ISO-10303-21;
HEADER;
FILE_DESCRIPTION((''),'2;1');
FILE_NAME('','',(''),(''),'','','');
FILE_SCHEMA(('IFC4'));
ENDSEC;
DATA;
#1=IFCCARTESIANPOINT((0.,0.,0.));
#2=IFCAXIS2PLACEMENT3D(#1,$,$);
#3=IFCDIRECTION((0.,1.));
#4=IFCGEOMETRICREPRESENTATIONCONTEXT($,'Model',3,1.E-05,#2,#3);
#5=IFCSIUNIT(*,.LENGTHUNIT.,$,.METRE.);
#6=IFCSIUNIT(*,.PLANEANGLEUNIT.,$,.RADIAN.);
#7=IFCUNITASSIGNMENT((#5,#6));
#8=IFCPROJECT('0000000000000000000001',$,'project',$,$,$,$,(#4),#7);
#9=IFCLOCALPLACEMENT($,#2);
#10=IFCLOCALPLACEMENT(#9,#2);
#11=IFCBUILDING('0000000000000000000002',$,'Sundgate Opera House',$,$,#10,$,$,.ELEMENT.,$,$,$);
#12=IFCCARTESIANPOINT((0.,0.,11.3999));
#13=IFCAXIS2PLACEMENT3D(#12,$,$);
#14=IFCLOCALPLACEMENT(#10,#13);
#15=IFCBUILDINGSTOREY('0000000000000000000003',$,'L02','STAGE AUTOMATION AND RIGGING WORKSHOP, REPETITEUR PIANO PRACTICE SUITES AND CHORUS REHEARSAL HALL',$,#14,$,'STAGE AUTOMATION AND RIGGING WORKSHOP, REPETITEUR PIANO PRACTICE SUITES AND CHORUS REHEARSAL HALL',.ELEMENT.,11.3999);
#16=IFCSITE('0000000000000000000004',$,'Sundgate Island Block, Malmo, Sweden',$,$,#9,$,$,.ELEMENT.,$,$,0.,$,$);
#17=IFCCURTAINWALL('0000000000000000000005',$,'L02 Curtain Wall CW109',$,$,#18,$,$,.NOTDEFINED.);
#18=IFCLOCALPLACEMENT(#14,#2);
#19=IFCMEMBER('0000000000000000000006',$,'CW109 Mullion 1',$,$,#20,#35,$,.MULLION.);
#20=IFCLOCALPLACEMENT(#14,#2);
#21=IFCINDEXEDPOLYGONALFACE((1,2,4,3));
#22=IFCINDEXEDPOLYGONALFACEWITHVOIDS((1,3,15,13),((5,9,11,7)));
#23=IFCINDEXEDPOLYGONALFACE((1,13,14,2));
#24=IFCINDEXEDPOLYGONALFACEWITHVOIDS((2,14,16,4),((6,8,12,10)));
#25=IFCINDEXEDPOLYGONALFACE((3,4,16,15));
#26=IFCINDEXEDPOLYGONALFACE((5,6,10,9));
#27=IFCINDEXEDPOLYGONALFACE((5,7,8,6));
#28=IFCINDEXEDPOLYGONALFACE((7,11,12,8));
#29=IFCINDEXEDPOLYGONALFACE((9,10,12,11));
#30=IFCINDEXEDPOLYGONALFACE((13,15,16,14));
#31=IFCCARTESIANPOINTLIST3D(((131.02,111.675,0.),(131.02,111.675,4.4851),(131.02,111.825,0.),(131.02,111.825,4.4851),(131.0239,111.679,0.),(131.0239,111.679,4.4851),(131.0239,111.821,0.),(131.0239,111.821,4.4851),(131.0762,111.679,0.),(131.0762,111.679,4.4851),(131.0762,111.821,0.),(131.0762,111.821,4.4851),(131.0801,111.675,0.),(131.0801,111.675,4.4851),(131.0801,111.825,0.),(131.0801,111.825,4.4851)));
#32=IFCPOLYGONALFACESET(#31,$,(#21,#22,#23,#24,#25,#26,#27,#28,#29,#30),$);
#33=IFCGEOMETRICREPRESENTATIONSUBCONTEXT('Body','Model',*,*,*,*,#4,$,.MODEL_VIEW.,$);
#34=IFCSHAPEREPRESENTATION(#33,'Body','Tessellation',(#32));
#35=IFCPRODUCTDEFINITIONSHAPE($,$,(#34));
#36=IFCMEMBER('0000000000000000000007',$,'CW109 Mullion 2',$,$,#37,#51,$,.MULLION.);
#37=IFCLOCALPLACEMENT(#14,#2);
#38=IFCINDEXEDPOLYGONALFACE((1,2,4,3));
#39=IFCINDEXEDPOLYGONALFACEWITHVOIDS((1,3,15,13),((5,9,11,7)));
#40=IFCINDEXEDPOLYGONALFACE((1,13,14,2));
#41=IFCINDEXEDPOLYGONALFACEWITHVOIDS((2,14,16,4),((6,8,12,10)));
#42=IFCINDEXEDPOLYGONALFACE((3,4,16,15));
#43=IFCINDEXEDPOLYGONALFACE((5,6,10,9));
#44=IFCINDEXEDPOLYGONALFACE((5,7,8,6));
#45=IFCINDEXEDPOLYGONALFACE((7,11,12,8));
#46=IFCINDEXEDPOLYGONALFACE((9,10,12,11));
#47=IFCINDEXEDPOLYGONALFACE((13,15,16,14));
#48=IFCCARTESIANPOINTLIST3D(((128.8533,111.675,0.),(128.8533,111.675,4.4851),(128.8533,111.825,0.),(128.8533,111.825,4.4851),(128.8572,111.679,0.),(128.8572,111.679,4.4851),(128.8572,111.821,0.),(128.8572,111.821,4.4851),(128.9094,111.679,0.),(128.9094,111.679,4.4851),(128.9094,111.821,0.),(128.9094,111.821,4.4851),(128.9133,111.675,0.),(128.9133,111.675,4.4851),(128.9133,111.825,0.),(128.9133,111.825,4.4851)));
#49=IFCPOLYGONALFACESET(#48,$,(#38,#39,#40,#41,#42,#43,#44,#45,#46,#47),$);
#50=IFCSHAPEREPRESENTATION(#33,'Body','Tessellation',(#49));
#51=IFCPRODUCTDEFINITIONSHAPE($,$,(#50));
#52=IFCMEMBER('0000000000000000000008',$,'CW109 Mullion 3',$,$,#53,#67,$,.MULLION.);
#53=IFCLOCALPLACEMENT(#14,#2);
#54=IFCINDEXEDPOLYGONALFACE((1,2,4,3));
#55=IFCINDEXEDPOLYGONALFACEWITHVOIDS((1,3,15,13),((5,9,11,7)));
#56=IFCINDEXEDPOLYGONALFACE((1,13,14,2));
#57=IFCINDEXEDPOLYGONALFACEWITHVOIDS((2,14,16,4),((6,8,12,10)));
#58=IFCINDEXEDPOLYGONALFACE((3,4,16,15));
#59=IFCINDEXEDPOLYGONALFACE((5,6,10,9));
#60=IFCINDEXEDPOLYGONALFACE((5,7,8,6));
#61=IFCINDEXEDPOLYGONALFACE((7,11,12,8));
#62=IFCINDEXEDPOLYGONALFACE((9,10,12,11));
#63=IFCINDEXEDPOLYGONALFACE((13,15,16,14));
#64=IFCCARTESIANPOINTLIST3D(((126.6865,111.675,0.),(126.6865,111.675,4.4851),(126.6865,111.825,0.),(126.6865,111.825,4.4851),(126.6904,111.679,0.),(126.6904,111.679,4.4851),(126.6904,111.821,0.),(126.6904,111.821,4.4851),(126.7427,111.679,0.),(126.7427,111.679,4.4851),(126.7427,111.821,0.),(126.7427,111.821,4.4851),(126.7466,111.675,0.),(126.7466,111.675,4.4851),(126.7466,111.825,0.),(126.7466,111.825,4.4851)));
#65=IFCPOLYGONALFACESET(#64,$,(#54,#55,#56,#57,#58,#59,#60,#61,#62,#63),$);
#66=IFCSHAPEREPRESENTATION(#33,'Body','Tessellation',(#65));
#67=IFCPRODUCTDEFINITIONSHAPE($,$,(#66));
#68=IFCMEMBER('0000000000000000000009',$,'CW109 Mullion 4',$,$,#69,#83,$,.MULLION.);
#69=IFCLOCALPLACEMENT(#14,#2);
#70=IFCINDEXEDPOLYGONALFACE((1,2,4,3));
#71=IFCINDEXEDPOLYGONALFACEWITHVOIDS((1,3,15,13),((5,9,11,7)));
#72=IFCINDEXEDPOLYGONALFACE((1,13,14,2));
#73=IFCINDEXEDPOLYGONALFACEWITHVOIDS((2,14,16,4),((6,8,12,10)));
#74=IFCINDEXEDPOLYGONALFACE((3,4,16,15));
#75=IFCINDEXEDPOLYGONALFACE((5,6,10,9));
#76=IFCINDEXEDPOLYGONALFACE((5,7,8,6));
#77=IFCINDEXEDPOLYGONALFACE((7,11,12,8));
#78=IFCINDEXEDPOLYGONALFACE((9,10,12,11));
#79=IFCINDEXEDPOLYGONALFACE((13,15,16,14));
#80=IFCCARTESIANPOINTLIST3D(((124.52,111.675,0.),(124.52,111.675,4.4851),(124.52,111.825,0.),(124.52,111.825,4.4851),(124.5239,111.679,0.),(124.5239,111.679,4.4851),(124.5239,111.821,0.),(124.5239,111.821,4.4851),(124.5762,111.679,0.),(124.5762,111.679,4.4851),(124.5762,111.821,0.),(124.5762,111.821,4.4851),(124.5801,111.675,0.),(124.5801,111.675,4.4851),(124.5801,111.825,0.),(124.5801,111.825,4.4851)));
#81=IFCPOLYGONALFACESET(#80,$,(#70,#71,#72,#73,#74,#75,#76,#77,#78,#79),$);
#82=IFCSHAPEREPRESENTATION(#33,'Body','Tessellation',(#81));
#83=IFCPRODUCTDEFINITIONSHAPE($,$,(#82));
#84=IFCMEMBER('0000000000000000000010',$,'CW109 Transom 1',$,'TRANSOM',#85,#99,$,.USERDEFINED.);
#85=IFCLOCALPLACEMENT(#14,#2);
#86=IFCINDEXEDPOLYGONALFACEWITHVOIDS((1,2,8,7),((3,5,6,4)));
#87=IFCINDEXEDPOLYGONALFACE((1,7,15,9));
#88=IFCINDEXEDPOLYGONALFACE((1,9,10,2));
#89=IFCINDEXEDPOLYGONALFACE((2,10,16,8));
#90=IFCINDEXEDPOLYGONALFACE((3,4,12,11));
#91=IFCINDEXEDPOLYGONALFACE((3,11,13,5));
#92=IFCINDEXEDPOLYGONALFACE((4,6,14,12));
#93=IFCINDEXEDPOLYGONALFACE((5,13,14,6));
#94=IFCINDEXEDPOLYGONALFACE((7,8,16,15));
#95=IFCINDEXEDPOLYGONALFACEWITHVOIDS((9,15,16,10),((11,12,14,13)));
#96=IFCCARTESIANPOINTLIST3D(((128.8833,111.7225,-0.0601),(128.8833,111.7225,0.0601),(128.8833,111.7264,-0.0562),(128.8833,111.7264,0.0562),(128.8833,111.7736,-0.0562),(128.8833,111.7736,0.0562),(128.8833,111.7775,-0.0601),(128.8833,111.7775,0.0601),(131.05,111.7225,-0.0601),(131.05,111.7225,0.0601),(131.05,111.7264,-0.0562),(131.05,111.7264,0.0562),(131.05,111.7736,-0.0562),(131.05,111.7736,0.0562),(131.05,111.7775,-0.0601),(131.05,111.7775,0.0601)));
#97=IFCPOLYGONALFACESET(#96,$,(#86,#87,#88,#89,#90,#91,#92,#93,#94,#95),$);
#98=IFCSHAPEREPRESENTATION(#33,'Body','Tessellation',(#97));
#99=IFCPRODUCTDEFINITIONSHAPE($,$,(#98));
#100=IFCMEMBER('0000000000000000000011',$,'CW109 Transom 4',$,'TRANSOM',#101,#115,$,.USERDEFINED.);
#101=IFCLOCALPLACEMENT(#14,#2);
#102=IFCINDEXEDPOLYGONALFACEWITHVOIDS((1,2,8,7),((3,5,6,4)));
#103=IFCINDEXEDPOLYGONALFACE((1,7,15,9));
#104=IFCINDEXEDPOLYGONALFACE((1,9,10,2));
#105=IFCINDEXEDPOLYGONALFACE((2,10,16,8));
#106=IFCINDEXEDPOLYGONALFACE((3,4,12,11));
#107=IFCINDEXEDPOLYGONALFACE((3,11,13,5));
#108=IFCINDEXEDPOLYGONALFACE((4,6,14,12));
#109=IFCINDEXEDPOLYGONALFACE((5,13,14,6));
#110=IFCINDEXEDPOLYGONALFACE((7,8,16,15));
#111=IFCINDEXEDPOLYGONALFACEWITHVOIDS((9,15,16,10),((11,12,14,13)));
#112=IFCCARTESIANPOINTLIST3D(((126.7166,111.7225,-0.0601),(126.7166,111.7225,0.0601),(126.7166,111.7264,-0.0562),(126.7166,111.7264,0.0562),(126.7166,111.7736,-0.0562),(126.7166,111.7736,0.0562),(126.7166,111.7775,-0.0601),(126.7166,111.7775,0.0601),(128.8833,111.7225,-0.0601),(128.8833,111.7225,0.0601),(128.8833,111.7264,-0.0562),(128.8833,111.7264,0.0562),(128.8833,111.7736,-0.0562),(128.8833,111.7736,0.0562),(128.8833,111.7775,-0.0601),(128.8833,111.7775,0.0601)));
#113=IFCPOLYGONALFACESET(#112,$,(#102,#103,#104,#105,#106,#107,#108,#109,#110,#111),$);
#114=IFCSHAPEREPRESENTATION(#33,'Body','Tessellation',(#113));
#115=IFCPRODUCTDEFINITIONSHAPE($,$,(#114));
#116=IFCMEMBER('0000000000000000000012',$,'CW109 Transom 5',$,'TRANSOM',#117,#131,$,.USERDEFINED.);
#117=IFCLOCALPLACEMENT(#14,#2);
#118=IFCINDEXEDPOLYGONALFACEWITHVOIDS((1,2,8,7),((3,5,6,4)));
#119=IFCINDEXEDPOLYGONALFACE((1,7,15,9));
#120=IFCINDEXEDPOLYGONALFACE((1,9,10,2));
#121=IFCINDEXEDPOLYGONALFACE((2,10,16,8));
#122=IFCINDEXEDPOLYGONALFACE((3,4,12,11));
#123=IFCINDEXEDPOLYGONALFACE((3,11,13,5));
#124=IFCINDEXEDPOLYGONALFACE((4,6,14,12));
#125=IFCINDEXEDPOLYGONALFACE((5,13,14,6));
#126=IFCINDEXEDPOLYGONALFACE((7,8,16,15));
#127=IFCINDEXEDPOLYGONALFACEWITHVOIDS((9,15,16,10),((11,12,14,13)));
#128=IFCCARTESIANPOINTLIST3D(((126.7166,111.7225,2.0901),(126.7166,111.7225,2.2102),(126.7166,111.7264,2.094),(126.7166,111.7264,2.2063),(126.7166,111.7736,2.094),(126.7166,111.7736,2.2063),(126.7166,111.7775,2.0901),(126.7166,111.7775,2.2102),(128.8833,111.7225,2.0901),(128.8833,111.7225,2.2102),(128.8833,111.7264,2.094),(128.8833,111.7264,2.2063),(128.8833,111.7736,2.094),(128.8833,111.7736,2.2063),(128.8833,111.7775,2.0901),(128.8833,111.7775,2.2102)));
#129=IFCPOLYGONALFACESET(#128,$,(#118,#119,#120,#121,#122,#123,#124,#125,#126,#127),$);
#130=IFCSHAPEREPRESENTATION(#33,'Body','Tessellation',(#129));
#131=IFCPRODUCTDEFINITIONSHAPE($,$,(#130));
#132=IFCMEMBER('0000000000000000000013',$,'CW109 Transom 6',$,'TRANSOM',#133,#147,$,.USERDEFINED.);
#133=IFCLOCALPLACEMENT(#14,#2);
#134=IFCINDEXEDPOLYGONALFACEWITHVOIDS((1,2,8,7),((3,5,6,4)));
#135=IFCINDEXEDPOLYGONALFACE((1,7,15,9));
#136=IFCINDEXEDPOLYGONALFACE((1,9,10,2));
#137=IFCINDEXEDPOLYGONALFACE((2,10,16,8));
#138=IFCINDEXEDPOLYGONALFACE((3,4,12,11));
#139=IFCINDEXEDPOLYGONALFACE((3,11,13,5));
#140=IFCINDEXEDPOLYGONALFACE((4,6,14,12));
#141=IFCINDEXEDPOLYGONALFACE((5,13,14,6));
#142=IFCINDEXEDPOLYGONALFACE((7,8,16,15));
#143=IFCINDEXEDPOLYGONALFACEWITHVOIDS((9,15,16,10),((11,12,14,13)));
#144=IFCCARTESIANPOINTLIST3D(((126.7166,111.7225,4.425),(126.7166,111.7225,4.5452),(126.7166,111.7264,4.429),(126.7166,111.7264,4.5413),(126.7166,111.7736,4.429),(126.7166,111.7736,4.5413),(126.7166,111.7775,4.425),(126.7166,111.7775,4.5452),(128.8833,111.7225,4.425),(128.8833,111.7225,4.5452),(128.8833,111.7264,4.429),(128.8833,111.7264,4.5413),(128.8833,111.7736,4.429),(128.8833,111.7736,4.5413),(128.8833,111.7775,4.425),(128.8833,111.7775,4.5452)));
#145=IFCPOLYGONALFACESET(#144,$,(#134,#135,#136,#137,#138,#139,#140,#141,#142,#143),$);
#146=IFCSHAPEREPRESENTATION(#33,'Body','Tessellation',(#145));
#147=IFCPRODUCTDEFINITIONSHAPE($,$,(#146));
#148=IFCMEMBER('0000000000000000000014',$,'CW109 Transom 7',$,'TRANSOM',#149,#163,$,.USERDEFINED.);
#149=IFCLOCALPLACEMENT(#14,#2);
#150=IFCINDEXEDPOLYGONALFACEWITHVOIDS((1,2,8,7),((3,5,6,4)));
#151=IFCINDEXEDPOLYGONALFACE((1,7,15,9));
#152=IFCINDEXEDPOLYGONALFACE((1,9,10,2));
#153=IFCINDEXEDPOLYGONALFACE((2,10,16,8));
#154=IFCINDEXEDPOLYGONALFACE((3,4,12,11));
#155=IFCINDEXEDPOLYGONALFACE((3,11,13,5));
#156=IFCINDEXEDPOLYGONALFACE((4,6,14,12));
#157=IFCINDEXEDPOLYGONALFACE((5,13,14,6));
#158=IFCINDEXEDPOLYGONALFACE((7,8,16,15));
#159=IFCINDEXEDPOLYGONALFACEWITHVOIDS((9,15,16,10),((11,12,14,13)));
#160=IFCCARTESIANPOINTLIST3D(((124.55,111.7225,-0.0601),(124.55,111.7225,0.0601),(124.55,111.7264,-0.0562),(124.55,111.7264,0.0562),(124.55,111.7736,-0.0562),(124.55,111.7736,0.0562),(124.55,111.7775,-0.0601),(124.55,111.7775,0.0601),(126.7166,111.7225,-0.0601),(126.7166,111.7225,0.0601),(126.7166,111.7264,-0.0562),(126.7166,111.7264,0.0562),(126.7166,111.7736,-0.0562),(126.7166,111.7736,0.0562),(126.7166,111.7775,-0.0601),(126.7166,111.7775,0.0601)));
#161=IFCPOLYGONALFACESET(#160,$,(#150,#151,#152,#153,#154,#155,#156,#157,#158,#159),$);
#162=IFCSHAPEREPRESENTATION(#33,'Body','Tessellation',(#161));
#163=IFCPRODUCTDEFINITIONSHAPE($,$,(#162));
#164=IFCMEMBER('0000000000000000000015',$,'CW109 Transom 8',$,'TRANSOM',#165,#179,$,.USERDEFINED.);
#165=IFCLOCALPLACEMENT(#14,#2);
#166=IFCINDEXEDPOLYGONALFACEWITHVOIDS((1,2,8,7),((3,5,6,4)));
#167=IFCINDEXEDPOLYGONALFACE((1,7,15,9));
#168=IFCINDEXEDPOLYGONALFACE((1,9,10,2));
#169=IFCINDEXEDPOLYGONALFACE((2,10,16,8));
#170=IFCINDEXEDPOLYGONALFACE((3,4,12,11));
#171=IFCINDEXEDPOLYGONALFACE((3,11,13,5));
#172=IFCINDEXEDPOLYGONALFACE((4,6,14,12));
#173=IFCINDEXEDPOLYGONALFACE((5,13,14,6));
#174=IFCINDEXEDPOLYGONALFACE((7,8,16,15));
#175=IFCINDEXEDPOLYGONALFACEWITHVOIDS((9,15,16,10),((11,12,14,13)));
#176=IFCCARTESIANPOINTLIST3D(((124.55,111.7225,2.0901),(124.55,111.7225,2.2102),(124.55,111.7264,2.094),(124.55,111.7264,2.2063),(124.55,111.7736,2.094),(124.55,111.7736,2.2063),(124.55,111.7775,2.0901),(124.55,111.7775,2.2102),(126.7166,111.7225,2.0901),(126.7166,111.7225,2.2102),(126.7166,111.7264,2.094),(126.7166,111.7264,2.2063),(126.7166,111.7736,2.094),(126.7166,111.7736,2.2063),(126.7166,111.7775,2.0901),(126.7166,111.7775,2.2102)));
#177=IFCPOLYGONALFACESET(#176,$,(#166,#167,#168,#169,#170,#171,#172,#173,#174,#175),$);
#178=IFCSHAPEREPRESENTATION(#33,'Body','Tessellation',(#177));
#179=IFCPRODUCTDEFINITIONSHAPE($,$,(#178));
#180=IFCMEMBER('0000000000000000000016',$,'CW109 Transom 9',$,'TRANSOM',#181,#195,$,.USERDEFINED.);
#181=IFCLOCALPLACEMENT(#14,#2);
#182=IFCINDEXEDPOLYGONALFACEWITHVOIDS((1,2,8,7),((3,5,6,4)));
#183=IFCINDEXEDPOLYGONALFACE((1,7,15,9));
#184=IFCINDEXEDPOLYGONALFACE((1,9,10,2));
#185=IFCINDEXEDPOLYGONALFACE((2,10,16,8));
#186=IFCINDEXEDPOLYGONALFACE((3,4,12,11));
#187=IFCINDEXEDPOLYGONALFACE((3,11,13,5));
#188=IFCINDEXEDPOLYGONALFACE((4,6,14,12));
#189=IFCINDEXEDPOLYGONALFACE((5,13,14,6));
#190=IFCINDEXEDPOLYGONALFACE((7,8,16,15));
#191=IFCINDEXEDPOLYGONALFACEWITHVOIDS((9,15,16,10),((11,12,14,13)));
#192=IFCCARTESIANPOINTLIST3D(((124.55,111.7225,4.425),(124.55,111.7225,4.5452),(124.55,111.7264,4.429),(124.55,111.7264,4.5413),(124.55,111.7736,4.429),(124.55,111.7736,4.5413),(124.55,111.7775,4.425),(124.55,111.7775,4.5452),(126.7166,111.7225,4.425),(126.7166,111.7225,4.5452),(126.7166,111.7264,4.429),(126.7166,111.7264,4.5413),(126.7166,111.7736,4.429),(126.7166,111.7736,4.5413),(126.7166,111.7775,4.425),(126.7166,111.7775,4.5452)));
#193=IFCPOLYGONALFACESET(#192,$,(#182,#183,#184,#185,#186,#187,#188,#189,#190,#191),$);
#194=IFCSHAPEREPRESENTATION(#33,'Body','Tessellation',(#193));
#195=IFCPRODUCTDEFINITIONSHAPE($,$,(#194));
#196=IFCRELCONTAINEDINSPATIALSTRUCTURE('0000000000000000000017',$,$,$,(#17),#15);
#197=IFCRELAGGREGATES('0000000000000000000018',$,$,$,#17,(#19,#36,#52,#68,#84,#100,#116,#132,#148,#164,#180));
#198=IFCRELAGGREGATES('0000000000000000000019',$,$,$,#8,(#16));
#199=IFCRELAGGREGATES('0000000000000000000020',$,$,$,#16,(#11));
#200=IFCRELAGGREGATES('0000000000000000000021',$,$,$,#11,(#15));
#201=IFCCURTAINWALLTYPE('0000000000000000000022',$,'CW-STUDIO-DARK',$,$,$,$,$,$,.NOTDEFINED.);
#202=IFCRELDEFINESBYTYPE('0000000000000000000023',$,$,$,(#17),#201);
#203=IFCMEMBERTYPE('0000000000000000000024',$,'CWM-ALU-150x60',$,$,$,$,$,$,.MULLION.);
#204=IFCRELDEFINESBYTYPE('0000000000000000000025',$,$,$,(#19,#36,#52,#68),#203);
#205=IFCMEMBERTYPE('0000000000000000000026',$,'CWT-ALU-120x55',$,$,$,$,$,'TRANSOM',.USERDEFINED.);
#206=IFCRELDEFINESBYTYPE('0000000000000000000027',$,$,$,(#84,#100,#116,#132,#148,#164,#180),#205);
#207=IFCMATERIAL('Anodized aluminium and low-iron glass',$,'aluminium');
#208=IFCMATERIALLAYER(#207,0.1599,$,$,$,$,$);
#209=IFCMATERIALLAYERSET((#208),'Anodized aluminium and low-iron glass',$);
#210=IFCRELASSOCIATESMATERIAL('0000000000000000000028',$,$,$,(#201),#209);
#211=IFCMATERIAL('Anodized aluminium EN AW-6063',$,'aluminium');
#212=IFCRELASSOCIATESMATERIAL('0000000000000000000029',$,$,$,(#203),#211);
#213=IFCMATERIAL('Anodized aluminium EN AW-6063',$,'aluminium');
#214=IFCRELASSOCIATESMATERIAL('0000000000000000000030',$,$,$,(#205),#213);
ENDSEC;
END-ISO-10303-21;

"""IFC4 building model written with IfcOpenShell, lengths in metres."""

from ifc_helpers import new_model, si_unit, direction, frame, origin, origin_2d, place, context, subcontext, project, spatial, hollow_rectangle, extrude, material, layer, layer_set, material_profile, profile_set, type_object, element, aggregate, save


model = new_model("IFC4")

# Units and contexts
model_context = context("Model", 3, precision=1e-05, world=origin(), true_north=direction((0.0, 1.0)))
body_context = subcontext(model_context, "Body", "Model", "MODEL_VIEW")
ifc_project = project(units=[si_unit("LENGTHUNIT", "METRE"), si_unit("PLANEANGLEUNIT", "RADIAN")], contexts=[model_context])

# Site, building, storey
site_placement = place(None, origin())
site = spatial("IfcSite", under=ifc_project, at=site_placement, Name="Sundgate Island Block, Malmo, Sweden", CompositionType="ELEMENT", RefElevation=0.0)
building_placement = place(site_placement, origin())
building = spatial("IfcBuilding", under=site, at=building_placement, Name="Sundgate Opera House", CompositionType="ELEMENT")
storey_placement = place(building_placement, frame((0.0, 0.0, 11.3999)))
storey = spatial("IfcBuildingStorey", under=building, at=storey_placement, Name="L02", Description="STAGE AUTOMATION AND RIGGING WORKSHOP, REPETITEUR PIANO PRACTICE SUITES AND CHORUS REHEARSAL HALL", LongName="STAGE AUTOMATION AND RIGGING WORKSHOP, REPETITEUR PIANO PRACTICE SUITES AND CHORUS REHEARSAL HALL", CompositionType="ELEMENT", Elevation=11.3999)

# Curtain wall, members
ifc_material_1 = material(Name="Anodized aluminium and low-iron glass", Category="aluminium")
ifc_layer_1 = layer(ifc_material_1, 0.1599)
ifc_layer_set_1 = layer_set([ifc_layer_1], Name="Anodized aluminium and low-iron glass")
curtain_wall_type = type_object("IfcCurtainWallType", Name="CW-STUDIO-DARK", PredefinedType="NOTDEFINED", material=ifc_layer_set_1)
curtain_wall_placement = place(storey_placement, origin())
curtain_wall = element("IfcCurtainWall", 1, at=curtain_wall_placement, inside=storey, type_object=curtain_wall_type, Name="L02 Curtain Wall CW109", PredefinedType="NOTDEFINED")
ifc_material_2 = material(Name="Anodized aluminium EN AW-6063", Category="aluminium")
ifc_material_profile_1 = material_profile(ifc_material_2, hollow_rectangle(XDim=0.0601, YDim=0.1499, WallThickness=0.0039, at=origin_2d()), Name="CWM 150x60x4")
ifc_profile_set_1 = profile_set([ifc_material_profile_1], Name="Anodized aluminium EN AW-6063")
member_type_1 = type_object("IfcMemberType", Name="CWM-ALU-150x60", PredefinedType="MULLION", material=ifc_profile_set_1)
member_1_placement = place(storey_placement, frame((131.05, 111.75, 0.0), z_axis=(0.0, 0.0, 1.0), x_axis=(1.0, 0.0, 0.0)))
member_1 = element("IfcMember", 2, at=member_1_placement, type_object=member_type_1, Name="CW109 Mullion 1", PredefinedType="MULLION", context=body_context, shape_type="SweptSolid", body=[
    extrude(hollow_rectangle(XDim=0.0601, YDim=0.1499, WallThickness=0.0039, at=origin_2d()), origin(), (0.0, 0.0, 1.0), 4.4851),
])
member_2_placement = place(storey_placement, frame((128.8833, 111.75, 0.0), z_axis=(0.0, 0.0, 1.0), x_axis=(1.0, 0.0, 0.0)))
member_2 = element("IfcMember", 3, at=member_2_placement, type_object=member_type_1, Name="CW109 Mullion 2", PredefinedType="MULLION", context=body_context, shape_type="SweptSolid", body=[
    extrude(hollow_rectangle(XDim=0.0601, YDim=0.1499, WallThickness=0.0039, at=origin_2d()), origin(), (0.0, 0.0, 1.0), 4.4851),
])
member_3_placement = place(storey_placement, frame((126.7166, 111.75, 0.0), z_axis=(0.0, 0.0, 1.0), x_axis=(1.0, 0.0, 0.0)))
member_3 = element("IfcMember", 4, at=member_3_placement, type_object=member_type_1, Name="CW109 Mullion 3", PredefinedType="MULLION", context=body_context, shape_type="SweptSolid", body=[
    extrude(hollow_rectangle(XDim=0.0601, YDim=0.1499, WallThickness=0.0039, at=origin_2d()), origin(), (0.0, 0.0, 1.0), 4.4851),
])
member_4_placement = place(storey_placement, frame((124.55, 111.75, 0.0), z_axis=(0.0, 0.0, 1.0), x_axis=(1.0, 0.0, 0.0)))
member_4 = element("IfcMember", 5, at=member_4_placement, type_object=member_type_1, Name="CW109 Mullion 4", PredefinedType="MULLION", context=body_context, shape_type="SweptSolid", body=[
    extrude(hollow_rectangle(XDim=0.0601, YDim=0.1499, WallThickness=0.0039, at=origin_2d()), origin(), (0.0, 0.0, 1.0), 4.4851),
])
ifc_material_3 = material(Name="Anodized aluminium EN AW-6063", Category="aluminium")
ifc_material_profile_2 = material_profile(ifc_material_3, hollow_rectangle(XDim=0.0549, YDim=0.1201, WallThickness=0.0039, at=origin_2d()), Name="CWT 120x55x4")
ifc_profile_set_2 = profile_set([ifc_material_profile_2], Name="Anodized aluminium EN AW-6063")
member_type_2 = type_object("IfcMemberType", Name="CWT-ALU-120x55", ElementType="TRANSOM", PredefinedType="USERDEFINED", material=ifc_profile_set_2)
member_5_placement = place(storey_placement, frame((131.05, 111.75, 0.0), z_axis=(-1.0, 0.0, 0.0), x_axis=(0.0, -1.0, 0.0)))
member_5 = element("IfcMember", 6, at=member_5_placement, type_object=member_type_2, Name="CW109 Transom 1", ObjectType="TRANSOM", PredefinedType="USERDEFINED", context=body_context, shape_type="SweptSolid", body=[
    extrude(hollow_rectangle(XDim=0.0549, YDim=0.1201, WallThickness=0.0039, at=origin_2d()), origin(), (0.0, 0.0, 1.0), 2.1667),
])
member_6_placement = place(storey_placement, frame((128.8833, 111.75, 0.0), z_axis=(-1.0, 0.0, 0.0), x_axis=(0.0, -1.0, 0.0)))
member_6 = element("IfcMember", 7, at=member_6_placement, type_object=member_type_2, Name="CW109 Transom 4", ObjectType="TRANSOM", PredefinedType="USERDEFINED", context=body_context, shape_type="SweptSolid", body=[
    extrude(hollow_rectangle(XDim=0.0549, YDim=0.1201, WallThickness=0.0039, at=origin_2d()), origin(), (0.0, 0.0, 1.0), 2.1667),
])
member_7_placement = place(storey_placement, frame((128.8833, 111.75, 2.1501), z_axis=(-1.0, 0.0, 0.0), x_axis=(0.0, -1.0, 0.0)))
member_7 = element("IfcMember", 8, at=member_7_placement, type_object=member_type_2, Name="CW109 Transom 5", ObjectType="TRANSOM", PredefinedType="USERDEFINED", context=body_context, shape_type="SweptSolid", body=[
    extrude(hollow_rectangle(XDim=0.0549, YDim=0.1201, WallThickness=0.0039, at=origin_2d()), origin(), (0.0, 0.0, 1.0), 2.1667),
])
member_8_placement = place(storey_placement, frame((128.8833, 111.75, 4.4851), z_axis=(-1.0, 0.0, 0.0), x_axis=(0.0, -1.0, 0.0)))
member_8 = element("IfcMember", 9, at=member_8_placement, type_object=member_type_2, Name="CW109 Transom 6", ObjectType="TRANSOM", PredefinedType="USERDEFINED", context=body_context, shape_type="SweptSolid", body=[
    extrude(hollow_rectangle(XDim=0.0549, YDim=0.1201, WallThickness=0.0039, at=origin_2d()), origin(), (0.0, 0.0, 1.0), 2.1667),
])
member_9_placement = place(storey_placement, frame((126.7166, 111.75, 0.0), z_axis=(-1.0, 0.0, 0.0), x_axis=(0.0, -1.0, 0.0)))
member_9 = element("IfcMember", 10, at=member_9_placement, type_object=member_type_2, Name="CW109 Transom 7", ObjectType="TRANSOM", PredefinedType="USERDEFINED", context=body_context, shape_type="SweptSolid", body=[
    extrude(hollow_rectangle(XDim=0.0549, YDim=0.1201, WallThickness=0.0039, at=origin_2d()), origin(), (0.0, 0.0, 1.0), 2.1665),
])
member_10_placement = place(storey_placement, frame((126.7166, 111.75, 2.1501), z_axis=(-1.0, 0.0, 0.0), x_axis=(0.0, -1.0, 0.0)))
member_10 = element("IfcMember", 11, at=member_10_placement, type_object=member_type_2, Name="CW109 Transom 8", ObjectType="TRANSOM", PredefinedType="USERDEFINED", context=body_context, shape_type="SweptSolid", body=[
    extrude(hollow_rectangle(XDim=0.0549, YDim=0.1201, WallThickness=0.0039, at=origin_2d()), origin(), (0.0, 0.0, 1.0), 2.1665),
])
member_11_placement = place(storey_placement, frame((126.7166, 111.75, 4.4851), z_axis=(-1.0, 0.0, 0.0), x_axis=(0.0, -1.0, 0.0)))
member_11 = element("IfcMember", 12, at=member_11_placement, type_object=member_type_2, Name="CW109 Transom 9", ObjectType="TRANSOM", PredefinedType="USERDEFINED", context=body_context, shape_type="SweptSolid", body=[
    extrude(hollow_rectangle(XDim=0.0549, YDim=0.1201, WallThickness=0.0039, at=origin_2d()), origin(), (0.0, 0.0, 1.0), 2.1665),
])
aggregate(curtain_wall, [member_1, member_2, member_3, member_4, member_5, member_6, member_7, member_8, member_9, member_10, member_11])

save(model, "model.ifc")
